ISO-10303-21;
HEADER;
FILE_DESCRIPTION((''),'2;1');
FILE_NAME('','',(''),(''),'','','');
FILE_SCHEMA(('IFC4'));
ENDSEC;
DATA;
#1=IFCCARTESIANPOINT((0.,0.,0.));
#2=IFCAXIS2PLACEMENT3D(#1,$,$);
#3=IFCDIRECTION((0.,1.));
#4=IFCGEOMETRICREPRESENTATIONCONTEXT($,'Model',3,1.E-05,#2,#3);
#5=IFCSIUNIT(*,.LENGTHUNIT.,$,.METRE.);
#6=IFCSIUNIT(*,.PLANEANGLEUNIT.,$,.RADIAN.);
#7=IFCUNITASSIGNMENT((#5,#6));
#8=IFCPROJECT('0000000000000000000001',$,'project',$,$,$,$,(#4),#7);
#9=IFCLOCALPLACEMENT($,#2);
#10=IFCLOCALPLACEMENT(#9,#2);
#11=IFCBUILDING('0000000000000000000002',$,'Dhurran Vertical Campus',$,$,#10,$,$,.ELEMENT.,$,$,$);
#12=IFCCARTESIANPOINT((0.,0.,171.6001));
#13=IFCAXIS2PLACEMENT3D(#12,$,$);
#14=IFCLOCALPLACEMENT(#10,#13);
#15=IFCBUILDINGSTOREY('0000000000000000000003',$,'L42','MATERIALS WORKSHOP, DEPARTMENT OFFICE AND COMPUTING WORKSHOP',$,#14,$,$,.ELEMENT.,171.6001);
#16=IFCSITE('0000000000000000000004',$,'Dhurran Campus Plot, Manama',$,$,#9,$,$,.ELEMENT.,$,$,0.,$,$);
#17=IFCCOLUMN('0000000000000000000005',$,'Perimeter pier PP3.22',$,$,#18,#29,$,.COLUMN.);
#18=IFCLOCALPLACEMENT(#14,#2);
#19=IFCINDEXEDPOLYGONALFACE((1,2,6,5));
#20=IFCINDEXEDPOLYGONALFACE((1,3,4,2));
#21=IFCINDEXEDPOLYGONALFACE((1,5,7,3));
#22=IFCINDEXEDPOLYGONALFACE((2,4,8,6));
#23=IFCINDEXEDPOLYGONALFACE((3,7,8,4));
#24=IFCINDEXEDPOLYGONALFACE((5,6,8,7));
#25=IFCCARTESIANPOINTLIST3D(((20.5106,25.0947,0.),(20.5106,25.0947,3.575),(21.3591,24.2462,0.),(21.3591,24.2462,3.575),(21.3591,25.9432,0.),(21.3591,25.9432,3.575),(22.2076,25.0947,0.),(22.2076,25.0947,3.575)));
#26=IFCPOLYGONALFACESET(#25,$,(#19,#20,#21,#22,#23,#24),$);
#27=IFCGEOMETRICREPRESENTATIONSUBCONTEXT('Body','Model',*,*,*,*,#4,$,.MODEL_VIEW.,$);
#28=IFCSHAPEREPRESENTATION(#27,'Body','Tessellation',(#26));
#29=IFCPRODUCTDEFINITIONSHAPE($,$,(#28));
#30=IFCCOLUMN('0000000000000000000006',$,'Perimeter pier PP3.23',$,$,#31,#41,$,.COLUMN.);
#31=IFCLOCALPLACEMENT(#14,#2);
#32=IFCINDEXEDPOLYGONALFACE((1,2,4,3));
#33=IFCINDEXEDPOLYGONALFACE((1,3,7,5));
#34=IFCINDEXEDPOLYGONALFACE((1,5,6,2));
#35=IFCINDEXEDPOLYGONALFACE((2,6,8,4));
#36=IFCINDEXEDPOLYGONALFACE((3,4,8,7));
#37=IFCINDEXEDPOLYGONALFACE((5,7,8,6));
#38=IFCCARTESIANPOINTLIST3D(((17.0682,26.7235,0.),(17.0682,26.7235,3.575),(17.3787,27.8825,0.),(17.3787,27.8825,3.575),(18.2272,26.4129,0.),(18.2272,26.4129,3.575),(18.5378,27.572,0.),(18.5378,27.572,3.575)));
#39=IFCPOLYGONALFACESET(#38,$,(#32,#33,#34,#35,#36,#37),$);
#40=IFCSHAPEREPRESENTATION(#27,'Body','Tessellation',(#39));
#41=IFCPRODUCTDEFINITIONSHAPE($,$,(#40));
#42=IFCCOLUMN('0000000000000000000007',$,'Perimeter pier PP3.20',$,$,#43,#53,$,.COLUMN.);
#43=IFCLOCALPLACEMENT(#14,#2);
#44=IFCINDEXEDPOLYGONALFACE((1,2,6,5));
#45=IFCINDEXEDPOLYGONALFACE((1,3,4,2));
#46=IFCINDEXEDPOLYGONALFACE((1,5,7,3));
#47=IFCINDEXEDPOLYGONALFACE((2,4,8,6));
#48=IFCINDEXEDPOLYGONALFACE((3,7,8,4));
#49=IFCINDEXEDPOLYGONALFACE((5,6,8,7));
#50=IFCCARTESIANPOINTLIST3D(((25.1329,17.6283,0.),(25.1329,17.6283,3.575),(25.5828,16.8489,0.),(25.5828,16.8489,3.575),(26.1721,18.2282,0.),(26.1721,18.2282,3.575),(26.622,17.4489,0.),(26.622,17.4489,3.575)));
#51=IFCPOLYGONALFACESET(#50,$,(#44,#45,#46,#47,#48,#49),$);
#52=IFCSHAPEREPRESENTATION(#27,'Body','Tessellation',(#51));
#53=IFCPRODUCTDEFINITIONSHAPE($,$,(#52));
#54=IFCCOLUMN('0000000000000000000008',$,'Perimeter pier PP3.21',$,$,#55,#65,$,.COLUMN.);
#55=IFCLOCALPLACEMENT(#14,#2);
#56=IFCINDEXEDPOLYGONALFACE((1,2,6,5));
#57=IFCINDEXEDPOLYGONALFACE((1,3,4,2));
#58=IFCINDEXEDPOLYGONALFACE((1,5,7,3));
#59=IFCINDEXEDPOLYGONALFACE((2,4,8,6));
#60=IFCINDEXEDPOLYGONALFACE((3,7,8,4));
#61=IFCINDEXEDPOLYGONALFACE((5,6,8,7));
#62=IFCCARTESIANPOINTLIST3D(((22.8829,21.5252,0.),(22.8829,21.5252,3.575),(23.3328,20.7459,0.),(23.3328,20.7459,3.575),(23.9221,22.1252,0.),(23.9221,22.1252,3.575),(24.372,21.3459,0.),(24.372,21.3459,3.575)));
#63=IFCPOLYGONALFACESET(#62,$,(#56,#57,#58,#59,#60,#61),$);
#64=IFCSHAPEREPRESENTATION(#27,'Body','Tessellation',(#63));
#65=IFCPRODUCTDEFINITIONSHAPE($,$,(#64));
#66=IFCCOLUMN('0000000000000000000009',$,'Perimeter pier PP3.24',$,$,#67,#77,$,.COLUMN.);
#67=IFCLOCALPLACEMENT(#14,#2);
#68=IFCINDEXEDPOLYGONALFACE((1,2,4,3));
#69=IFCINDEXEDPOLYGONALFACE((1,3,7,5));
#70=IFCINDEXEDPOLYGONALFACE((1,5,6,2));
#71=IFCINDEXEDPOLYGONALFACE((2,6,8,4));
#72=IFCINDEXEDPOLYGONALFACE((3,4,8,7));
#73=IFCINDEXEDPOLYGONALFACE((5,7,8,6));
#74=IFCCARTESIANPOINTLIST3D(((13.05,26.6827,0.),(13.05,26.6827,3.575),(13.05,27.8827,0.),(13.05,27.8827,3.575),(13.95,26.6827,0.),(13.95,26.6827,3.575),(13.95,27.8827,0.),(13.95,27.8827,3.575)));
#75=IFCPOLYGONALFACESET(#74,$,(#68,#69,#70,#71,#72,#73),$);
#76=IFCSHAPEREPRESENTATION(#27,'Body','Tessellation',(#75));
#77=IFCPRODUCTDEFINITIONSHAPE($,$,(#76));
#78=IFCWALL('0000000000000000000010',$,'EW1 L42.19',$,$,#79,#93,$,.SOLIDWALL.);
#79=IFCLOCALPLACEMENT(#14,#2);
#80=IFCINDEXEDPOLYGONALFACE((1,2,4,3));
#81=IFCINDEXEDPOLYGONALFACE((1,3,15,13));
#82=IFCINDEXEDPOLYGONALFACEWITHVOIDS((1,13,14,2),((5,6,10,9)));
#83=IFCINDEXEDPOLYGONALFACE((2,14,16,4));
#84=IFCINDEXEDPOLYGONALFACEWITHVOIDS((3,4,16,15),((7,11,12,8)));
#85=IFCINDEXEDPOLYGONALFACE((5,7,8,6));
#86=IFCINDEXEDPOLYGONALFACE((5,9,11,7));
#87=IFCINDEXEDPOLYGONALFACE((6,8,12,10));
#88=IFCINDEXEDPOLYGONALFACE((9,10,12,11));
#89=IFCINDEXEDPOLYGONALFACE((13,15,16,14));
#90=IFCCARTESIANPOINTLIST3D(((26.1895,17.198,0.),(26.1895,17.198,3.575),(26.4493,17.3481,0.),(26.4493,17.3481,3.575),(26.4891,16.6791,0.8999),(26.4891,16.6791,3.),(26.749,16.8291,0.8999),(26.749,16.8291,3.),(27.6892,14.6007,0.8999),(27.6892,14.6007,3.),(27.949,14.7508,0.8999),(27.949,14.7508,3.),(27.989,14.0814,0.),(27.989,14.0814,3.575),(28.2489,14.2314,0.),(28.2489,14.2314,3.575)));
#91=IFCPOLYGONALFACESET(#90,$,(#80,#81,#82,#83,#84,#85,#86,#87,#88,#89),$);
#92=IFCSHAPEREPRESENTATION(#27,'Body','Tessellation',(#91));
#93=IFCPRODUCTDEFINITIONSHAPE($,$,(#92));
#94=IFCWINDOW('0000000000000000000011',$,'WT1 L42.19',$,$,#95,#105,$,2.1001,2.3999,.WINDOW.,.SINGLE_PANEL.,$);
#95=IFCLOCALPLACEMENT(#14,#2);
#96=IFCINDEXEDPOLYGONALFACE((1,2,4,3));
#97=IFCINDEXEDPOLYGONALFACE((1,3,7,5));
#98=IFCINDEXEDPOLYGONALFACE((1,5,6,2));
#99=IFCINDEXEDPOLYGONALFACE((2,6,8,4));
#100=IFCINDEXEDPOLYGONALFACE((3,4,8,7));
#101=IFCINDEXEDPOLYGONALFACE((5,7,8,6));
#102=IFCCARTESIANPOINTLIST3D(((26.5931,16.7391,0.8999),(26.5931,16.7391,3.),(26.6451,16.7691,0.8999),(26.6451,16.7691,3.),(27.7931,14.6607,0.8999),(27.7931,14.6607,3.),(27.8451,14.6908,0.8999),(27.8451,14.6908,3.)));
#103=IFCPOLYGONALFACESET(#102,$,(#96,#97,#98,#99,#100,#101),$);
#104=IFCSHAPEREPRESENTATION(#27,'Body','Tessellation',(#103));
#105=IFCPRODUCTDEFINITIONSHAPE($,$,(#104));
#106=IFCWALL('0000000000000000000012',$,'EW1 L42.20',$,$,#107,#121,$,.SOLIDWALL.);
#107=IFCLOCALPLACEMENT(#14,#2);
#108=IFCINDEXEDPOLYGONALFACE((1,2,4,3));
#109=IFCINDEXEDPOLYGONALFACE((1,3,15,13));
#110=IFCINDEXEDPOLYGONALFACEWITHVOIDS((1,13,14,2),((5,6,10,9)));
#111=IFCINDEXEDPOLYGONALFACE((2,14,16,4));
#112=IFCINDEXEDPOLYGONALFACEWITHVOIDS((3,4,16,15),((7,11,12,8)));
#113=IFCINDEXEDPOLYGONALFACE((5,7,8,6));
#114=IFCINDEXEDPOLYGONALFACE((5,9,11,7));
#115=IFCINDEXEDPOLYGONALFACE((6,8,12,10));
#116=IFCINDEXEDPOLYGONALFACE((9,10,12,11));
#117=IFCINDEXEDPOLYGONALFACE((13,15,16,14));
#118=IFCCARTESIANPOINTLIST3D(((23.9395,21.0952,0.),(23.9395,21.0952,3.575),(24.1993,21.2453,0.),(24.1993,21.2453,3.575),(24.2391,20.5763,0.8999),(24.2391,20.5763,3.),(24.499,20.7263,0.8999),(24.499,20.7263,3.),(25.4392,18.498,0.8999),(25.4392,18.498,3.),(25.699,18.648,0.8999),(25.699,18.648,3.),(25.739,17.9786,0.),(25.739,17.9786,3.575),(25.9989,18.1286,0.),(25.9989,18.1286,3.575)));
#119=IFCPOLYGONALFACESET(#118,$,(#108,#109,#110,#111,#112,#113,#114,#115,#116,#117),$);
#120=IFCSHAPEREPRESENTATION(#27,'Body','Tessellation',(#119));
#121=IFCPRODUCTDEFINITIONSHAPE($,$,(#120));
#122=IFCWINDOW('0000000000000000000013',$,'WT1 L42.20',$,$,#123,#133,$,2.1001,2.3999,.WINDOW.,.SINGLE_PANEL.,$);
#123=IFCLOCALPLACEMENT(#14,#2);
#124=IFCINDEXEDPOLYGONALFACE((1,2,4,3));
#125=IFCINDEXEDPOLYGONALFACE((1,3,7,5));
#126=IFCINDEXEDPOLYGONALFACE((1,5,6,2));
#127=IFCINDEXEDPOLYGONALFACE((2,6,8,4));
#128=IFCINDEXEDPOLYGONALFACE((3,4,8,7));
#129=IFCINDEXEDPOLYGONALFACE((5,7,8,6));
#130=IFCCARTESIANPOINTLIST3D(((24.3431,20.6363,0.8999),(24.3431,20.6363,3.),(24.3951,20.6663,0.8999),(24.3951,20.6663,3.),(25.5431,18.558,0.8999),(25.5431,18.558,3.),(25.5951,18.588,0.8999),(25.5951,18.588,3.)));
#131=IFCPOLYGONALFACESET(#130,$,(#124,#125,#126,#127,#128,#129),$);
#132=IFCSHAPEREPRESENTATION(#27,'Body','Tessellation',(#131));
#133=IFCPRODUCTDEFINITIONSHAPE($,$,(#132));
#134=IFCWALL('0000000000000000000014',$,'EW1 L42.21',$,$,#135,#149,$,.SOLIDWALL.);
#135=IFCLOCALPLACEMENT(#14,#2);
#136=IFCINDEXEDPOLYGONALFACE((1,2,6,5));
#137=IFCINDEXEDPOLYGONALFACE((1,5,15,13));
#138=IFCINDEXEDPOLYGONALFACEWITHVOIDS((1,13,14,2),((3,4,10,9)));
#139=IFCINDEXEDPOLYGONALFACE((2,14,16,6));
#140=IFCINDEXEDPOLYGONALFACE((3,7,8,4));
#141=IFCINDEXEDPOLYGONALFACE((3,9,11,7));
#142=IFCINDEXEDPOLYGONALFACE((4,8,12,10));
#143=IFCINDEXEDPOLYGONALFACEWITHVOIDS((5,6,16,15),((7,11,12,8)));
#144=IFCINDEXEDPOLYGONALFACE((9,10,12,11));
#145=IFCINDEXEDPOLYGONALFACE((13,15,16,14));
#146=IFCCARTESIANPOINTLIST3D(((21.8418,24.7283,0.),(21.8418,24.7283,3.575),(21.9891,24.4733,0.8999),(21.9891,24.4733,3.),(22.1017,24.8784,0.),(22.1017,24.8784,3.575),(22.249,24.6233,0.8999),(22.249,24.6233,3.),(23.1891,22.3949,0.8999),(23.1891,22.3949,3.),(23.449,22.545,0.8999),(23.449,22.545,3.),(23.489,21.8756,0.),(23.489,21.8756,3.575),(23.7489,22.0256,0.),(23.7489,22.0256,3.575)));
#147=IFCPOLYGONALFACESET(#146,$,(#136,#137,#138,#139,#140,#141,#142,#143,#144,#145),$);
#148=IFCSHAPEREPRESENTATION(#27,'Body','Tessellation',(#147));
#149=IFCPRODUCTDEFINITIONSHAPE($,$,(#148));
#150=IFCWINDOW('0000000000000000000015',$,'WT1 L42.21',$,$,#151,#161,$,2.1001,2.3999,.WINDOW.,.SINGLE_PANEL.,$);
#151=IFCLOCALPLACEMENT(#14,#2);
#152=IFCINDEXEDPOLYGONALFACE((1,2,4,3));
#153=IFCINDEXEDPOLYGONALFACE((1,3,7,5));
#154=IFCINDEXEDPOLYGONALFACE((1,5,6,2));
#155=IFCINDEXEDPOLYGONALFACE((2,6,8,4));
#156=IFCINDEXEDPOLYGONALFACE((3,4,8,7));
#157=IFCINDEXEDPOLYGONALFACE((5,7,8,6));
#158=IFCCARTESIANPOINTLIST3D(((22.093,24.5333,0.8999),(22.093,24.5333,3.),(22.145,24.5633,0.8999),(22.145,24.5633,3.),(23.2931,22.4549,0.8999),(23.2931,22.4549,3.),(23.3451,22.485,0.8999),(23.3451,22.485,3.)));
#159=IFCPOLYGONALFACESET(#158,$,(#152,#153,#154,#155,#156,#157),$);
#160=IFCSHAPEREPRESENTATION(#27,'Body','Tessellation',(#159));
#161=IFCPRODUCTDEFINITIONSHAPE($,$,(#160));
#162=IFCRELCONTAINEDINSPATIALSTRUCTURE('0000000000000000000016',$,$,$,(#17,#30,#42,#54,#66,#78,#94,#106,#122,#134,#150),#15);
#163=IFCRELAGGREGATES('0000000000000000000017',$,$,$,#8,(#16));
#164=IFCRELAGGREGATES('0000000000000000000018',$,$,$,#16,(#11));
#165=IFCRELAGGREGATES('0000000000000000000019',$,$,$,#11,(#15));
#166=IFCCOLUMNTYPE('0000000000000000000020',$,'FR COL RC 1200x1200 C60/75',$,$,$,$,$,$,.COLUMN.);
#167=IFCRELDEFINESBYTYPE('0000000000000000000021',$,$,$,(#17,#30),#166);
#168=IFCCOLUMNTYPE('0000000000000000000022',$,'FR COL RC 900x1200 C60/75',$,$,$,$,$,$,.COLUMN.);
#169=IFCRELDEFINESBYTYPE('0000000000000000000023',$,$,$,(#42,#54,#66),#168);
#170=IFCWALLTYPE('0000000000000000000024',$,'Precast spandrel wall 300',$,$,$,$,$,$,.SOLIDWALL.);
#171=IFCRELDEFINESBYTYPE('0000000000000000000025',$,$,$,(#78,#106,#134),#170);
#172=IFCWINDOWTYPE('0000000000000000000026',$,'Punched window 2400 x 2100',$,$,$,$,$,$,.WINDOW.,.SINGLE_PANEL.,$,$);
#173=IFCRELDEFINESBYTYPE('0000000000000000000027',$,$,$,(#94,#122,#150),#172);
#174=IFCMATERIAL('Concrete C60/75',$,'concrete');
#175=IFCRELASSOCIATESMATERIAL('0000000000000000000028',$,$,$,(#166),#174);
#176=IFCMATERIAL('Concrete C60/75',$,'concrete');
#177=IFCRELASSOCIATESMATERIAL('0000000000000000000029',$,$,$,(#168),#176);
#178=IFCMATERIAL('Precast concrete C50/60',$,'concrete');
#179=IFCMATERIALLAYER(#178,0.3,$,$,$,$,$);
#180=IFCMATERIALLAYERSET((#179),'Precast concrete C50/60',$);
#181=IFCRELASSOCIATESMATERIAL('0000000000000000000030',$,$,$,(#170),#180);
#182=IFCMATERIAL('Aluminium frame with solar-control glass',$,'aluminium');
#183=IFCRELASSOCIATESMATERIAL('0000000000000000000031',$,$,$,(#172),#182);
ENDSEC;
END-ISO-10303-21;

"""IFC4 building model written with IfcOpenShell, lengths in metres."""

from ifc_helpers import new_model, si_unit, direction, frame, frame_2d, origin, origin_2d, place, context, subcontext, project, spatial, rectangle, extrude, material, layer, layer_set, material_profile, profile_set, type_object, element, fill, save


model = new_model("IFC4")

# Units and contexts
model_context = context("Model", 3, precision=1e-05, world=origin(), true_north=direction((0.0, 1.0)))
body_context = subcontext(model_context, "Body", "Model", "MODEL_VIEW")
ifc_project = project(units=[si_unit("LENGTHUNIT", "METRE"), si_unit("PLANEANGLEUNIT", "RADIAN")], contexts=[model_context])

# Site, building, storey
site_placement = place(None, origin())
site = spatial("IfcSite", under=ifc_project, at=site_placement, Name="Dhurran Campus Plot, Manama", CompositionType="ELEMENT", RefElevation=0.0)
building_placement = place(site_placement, origin())
building = spatial("IfcBuilding", under=site, at=building_placement, Name="Dhurran Vertical Campus", CompositionType="ELEMENT")
storey_placement = place(building_placement, frame((0.0, 0.0, 171.6001)))
storey = spatial("IfcBuildingStorey", under=building, at=storey_placement, Name="L42", Description="MATERIALS WORKSHOP, DEPARTMENT OFFICE AND COMPUTING WORKSHOP", CompositionType="ELEMENT", Elevation=171.6001)

# Columns
ifc_material_1 = material(Name="Concrete C60/75", Category="concrete")
ifc_material_profile_1 = material_profile(ifc_material_1, rectangle(XDim=1.2, YDim=1.2, at=origin_2d()), Name="RC 1200x1200")
ifc_profile_set_1 = profile_set([ifc_material_profile_1], Name="Concrete C60/75")
column_type_1 = type_object("IfcColumnType", Name="FR COL RC 1200x1200 C60/75", PredefinedType="COLUMN", material=ifc_profile_set_1)
for number, where, z_axis, x_axis, name in (
    (1, (21.3591, 25.0947, 0.0), (0.0, 0.0, 1.0), (-0.707107, 0.707107, 0.0), "Perimeter pier PP3.22"),
    (2, (17.803, 27.1477, 0.0), (0.0, 0.0, 1.0), (-0.965926, 0.258819, 0.0), "Perimeter pier PP3.23"),
):
    element("IfcColumn", number, at=place(storey_placement, frame(where, z_axis=z_axis, x_axis=x_axis)), inside=storey, type_object=column_type_1, Name=name, PredefinedType="COLUMN", context=body_context, shape_type="SweptSolid", body=[
        extrude(rectangle(XDim=1.2, YDim=1.2, at=origin_2d()), origin(), (0.0, 0.0, 1.0), 3.575),
    ])
ifc_material_2 = material(Name="Concrete C60/75", Category="concrete")
ifc_material_profile_2 = material_profile(ifc_material_2, rectangle(XDim=0.8999, YDim=1.2, at=origin_2d()), Name="RC 900x1200")
ifc_profile_set_2 = profile_set([ifc_material_profile_2], Name="Concrete C60/75")
column_type_2 = type_object("IfcColumnType", Name="FR COL RC 900x1200 C60/75", PredefinedType="COLUMN", material=ifc_profile_set_2)
for number, where, z_axis, x_axis, name in (
    (3, (25.8774, 17.5386, 0.0), (0.0, 0.0, 1.0), (-0.5, 0.866025, 0.0), "Perimeter pier PP3.20"),
    (4, (23.6274, 21.4355, 0.0), (0.0, 0.0, 1.0), (-0.5, 0.866025, 0.0), "Perimeter pier PP3.21"),
    (5, (13.5, 27.2827, 0.0), (0.0, 0.0, 1.0), (-1.0, 0.0, 0.0), "Perimeter pier PP3.24"),
):
    element("IfcColumn", number, at=place(storey_placement, frame(where, z_axis=z_axis, x_axis=x_axis)), inside=storey, type_object=column_type_2, Name=name, PredefinedType="COLUMN", context=body_context, shape_type="SweptSolid", body=[
        extrude(rectangle(XDim=0.8999, YDim=1.2, at=origin_2d()), origin(), (0.0, 0.0, 1.0), 3.575),
    ])

# Walls, openings, windows
ifc_material_3 = material(Name="Precast concrete C50/60", Category="concrete")
ifc_layer_1 = layer(ifc_material_3, 0.3)
ifc_layer_set_1 = layer_set([ifc_layer_1], Name="Precast concrete C50/60")
wall_type_1 = type_object("IfcWallType", Name="Precast spandrel wall 300", PredefinedType="SOLIDWALL", material=ifc_layer_set_1)
wall_1_placement = place(storey_placement, frame((28.1189, 14.1565, 0.0), z_axis=(0.0, 0.0, 1.0), x_axis=(-0.500028, 0.866009, 0.0)))
wall_1 = element("IfcWall", 6, at=wall_1_placement, inside=storey, type_object=wall_type_1, Name="EW1 L42.19", PredefinedType="SOLIDWALL", context=body_context, shape_type="SweptSolid", body=[
    extrude(rectangle(XDim=3.5989, YDim=0.3, at=frame_2d((1.7993, 0.0))), origin(), (0.0, 0.0, 1.0), 3.575),
])
opening_1_placement = place(wall_1_placement, frame((0.5996, 0.0, 0.8999)))
opening_1 = element("IfcOpeningElement", 7, at=opening_1_placement, cuts=wall_1, PredefinedType="OPENING", context=body_context, shape_type="SweptSolid", body=[
    extrude(rectangle(XDim=2.3999, YDim=2.1001, at=frame_2d((1.2, 1.05))), frame((0.0, 0.1599, 0.0), z_axis=(0.0, -1.0, 0.0), x_axis=(1.0, 0.0, 0.0)), (0.0, 0.0, 1.0), 0.3201),
])
ifc_material_4 = material(Name="Aluminium frame with solar-control glass", Category="aluminium")
window_type = type_object("IfcWindowType", Name="Punched window 2400 x 2100", PartitioningType="SINGLE_PANEL", PredefinedType="WINDOW", material=ifc_material_4)
window_1_placement = place(opening_1_placement, origin())
window_1 = element("IfcWindow", 8, at=window_1_placement, inside=storey, type_object=window_type, Name="WT1 L42.19", OverallHeight=2.1001, OverallWidth=2.3999, PartitioningType="SINGLE_PANEL", PredefinedType="WINDOW", context=body_context, shape_type="SweptSolid", body=[
    extrude(rectangle(XDim=2.3999, YDim=2.1001, at=frame_2d((1.2, 1.05))), frame((0.0, 0.03, 0.0), z_axis=(0.0, -1.0, 0.0), x_axis=(1.0, 0.0, 0.0)), (0.0, 0.0, 1.0), 0.0601),
])
fill(opening_1, window_1)
wall_2_placement = place(storey_placement, frame((25.8689, 18.0537, 0.0), z_axis=(0.0, 0.0, 1.0), x_axis=(-0.500028, 0.866009, 0.0)))
wall_2 = element("IfcWall", 9, at=wall_2_placement, inside=storey, type_object=wall_type_1, Name="EW1 L42.20", PredefinedType="SOLIDWALL", context=body_context, shape_type="SweptSolid", body=[
    extrude(rectangle(XDim=3.5989, YDim=0.3, at=frame_2d((1.7993, 0.0))), origin(), (0.0, 0.0, 1.0), 3.575),
])
opening_2_placement = place(wall_2_placement, frame((0.5996, 0.0, 0.8999)))
opening_2 = element("IfcOpeningElement", 10, at=opening_2_placement, cuts=wall_2, PredefinedType="OPENING", context=body_context, shape_type="SweptSolid", body=[
    extrude(rectangle(XDim=2.3999, YDim=2.1001, at=frame_2d((1.2, 1.05))), frame((0.0, 0.1599, 0.0), z_axis=(0.0, -1.0, 0.0), x_axis=(1.0, 0.0, 0.0)), (0.0, 0.0, 1.0), 0.3201),
])
window_2_placement = place(opening_2_placement, origin())
window_2 = element("IfcWindow", 11, at=window_2_placement, inside=storey, type_object=window_type, Name="WT1 L42.20", OverallHeight=2.1001, OverallWidth=2.3999, PartitioningType="SINGLE_PANEL", PredefinedType="WINDOW", context=body_context, shape_type="SweptSolid", body=[
    extrude(rectangle(XDim=2.3999, YDim=2.1001, at=frame_2d((1.2, 1.05))), frame((0.0, 0.03, 0.0), z_axis=(0.0, -1.0, 0.0), x_axis=(1.0, 0.0, 0.0)), (0.0, 0.0, 1.0), 0.0601),
])
fill(opening_2, window_2)
wall_3_placement = place(storey_placement, frame((23.6189, 21.9507, 0.0), z_axis=(0.0, 0.0, 1.0), x_axis=(-0.500037, 0.866004, 0.0)))
wall_3 = element("IfcWall", 12, at=wall_3_placement, inside=storey, type_object=wall_type_1, Name="EW1 L42.21", PredefinedType="SOLIDWALL", context=body_context, shape_type="SweptSolid", body=[
    extrude(rectangle(XDim=3.2942, YDim=0.3, at=frame_2d((1.647, 0.0))), origin(), (0.0, 0.0, 1.0), 3.575),
])
opening_3_placement = place(wall_3_placement, frame((0.5996, 0.0, 0.8999)))
opening_3 = element("IfcOpeningElement", 13, at=opening_3_placement, cuts=wall_3, PredefinedType="OPENING", context=body_context, shape_type="SweptSolid", body=[
    extrude(rectangle(XDim=2.3999, YDim=2.1001, at=frame_2d((1.2, 1.05))), frame((0.0, 0.1599, 0.0), z_axis=(0.0, -1.0, 0.0), x_axis=(1.0, 0.0, 0.0)), (0.0, 0.0, 1.0), 0.3201),
])
window_3_placement = place(opening_3_placement, origin())
window_3 = element("IfcWindow", 14, at=window_3_placement, inside=storey, type_object=window_type, Name="WT1 L42.21", OverallHeight=2.1001, OverallWidth=2.3999, PartitioningType="SINGLE_PANEL", PredefinedType="WINDOW", context=body_context, shape_type="SweptSolid", body=[
    extrude(rectangle(XDim=2.3999, YDim=2.1001, at=frame_2d((1.2, 1.05))), frame((0.0, 0.03, 0.0), z_axis=(0.0, -1.0, 0.0), x_axis=(1.0, 0.0, 0.0)), (0.0, 0.0, 1.0), 0.0601),
])
fill(opening_3, window_3)

save(model, "model.ifc")
